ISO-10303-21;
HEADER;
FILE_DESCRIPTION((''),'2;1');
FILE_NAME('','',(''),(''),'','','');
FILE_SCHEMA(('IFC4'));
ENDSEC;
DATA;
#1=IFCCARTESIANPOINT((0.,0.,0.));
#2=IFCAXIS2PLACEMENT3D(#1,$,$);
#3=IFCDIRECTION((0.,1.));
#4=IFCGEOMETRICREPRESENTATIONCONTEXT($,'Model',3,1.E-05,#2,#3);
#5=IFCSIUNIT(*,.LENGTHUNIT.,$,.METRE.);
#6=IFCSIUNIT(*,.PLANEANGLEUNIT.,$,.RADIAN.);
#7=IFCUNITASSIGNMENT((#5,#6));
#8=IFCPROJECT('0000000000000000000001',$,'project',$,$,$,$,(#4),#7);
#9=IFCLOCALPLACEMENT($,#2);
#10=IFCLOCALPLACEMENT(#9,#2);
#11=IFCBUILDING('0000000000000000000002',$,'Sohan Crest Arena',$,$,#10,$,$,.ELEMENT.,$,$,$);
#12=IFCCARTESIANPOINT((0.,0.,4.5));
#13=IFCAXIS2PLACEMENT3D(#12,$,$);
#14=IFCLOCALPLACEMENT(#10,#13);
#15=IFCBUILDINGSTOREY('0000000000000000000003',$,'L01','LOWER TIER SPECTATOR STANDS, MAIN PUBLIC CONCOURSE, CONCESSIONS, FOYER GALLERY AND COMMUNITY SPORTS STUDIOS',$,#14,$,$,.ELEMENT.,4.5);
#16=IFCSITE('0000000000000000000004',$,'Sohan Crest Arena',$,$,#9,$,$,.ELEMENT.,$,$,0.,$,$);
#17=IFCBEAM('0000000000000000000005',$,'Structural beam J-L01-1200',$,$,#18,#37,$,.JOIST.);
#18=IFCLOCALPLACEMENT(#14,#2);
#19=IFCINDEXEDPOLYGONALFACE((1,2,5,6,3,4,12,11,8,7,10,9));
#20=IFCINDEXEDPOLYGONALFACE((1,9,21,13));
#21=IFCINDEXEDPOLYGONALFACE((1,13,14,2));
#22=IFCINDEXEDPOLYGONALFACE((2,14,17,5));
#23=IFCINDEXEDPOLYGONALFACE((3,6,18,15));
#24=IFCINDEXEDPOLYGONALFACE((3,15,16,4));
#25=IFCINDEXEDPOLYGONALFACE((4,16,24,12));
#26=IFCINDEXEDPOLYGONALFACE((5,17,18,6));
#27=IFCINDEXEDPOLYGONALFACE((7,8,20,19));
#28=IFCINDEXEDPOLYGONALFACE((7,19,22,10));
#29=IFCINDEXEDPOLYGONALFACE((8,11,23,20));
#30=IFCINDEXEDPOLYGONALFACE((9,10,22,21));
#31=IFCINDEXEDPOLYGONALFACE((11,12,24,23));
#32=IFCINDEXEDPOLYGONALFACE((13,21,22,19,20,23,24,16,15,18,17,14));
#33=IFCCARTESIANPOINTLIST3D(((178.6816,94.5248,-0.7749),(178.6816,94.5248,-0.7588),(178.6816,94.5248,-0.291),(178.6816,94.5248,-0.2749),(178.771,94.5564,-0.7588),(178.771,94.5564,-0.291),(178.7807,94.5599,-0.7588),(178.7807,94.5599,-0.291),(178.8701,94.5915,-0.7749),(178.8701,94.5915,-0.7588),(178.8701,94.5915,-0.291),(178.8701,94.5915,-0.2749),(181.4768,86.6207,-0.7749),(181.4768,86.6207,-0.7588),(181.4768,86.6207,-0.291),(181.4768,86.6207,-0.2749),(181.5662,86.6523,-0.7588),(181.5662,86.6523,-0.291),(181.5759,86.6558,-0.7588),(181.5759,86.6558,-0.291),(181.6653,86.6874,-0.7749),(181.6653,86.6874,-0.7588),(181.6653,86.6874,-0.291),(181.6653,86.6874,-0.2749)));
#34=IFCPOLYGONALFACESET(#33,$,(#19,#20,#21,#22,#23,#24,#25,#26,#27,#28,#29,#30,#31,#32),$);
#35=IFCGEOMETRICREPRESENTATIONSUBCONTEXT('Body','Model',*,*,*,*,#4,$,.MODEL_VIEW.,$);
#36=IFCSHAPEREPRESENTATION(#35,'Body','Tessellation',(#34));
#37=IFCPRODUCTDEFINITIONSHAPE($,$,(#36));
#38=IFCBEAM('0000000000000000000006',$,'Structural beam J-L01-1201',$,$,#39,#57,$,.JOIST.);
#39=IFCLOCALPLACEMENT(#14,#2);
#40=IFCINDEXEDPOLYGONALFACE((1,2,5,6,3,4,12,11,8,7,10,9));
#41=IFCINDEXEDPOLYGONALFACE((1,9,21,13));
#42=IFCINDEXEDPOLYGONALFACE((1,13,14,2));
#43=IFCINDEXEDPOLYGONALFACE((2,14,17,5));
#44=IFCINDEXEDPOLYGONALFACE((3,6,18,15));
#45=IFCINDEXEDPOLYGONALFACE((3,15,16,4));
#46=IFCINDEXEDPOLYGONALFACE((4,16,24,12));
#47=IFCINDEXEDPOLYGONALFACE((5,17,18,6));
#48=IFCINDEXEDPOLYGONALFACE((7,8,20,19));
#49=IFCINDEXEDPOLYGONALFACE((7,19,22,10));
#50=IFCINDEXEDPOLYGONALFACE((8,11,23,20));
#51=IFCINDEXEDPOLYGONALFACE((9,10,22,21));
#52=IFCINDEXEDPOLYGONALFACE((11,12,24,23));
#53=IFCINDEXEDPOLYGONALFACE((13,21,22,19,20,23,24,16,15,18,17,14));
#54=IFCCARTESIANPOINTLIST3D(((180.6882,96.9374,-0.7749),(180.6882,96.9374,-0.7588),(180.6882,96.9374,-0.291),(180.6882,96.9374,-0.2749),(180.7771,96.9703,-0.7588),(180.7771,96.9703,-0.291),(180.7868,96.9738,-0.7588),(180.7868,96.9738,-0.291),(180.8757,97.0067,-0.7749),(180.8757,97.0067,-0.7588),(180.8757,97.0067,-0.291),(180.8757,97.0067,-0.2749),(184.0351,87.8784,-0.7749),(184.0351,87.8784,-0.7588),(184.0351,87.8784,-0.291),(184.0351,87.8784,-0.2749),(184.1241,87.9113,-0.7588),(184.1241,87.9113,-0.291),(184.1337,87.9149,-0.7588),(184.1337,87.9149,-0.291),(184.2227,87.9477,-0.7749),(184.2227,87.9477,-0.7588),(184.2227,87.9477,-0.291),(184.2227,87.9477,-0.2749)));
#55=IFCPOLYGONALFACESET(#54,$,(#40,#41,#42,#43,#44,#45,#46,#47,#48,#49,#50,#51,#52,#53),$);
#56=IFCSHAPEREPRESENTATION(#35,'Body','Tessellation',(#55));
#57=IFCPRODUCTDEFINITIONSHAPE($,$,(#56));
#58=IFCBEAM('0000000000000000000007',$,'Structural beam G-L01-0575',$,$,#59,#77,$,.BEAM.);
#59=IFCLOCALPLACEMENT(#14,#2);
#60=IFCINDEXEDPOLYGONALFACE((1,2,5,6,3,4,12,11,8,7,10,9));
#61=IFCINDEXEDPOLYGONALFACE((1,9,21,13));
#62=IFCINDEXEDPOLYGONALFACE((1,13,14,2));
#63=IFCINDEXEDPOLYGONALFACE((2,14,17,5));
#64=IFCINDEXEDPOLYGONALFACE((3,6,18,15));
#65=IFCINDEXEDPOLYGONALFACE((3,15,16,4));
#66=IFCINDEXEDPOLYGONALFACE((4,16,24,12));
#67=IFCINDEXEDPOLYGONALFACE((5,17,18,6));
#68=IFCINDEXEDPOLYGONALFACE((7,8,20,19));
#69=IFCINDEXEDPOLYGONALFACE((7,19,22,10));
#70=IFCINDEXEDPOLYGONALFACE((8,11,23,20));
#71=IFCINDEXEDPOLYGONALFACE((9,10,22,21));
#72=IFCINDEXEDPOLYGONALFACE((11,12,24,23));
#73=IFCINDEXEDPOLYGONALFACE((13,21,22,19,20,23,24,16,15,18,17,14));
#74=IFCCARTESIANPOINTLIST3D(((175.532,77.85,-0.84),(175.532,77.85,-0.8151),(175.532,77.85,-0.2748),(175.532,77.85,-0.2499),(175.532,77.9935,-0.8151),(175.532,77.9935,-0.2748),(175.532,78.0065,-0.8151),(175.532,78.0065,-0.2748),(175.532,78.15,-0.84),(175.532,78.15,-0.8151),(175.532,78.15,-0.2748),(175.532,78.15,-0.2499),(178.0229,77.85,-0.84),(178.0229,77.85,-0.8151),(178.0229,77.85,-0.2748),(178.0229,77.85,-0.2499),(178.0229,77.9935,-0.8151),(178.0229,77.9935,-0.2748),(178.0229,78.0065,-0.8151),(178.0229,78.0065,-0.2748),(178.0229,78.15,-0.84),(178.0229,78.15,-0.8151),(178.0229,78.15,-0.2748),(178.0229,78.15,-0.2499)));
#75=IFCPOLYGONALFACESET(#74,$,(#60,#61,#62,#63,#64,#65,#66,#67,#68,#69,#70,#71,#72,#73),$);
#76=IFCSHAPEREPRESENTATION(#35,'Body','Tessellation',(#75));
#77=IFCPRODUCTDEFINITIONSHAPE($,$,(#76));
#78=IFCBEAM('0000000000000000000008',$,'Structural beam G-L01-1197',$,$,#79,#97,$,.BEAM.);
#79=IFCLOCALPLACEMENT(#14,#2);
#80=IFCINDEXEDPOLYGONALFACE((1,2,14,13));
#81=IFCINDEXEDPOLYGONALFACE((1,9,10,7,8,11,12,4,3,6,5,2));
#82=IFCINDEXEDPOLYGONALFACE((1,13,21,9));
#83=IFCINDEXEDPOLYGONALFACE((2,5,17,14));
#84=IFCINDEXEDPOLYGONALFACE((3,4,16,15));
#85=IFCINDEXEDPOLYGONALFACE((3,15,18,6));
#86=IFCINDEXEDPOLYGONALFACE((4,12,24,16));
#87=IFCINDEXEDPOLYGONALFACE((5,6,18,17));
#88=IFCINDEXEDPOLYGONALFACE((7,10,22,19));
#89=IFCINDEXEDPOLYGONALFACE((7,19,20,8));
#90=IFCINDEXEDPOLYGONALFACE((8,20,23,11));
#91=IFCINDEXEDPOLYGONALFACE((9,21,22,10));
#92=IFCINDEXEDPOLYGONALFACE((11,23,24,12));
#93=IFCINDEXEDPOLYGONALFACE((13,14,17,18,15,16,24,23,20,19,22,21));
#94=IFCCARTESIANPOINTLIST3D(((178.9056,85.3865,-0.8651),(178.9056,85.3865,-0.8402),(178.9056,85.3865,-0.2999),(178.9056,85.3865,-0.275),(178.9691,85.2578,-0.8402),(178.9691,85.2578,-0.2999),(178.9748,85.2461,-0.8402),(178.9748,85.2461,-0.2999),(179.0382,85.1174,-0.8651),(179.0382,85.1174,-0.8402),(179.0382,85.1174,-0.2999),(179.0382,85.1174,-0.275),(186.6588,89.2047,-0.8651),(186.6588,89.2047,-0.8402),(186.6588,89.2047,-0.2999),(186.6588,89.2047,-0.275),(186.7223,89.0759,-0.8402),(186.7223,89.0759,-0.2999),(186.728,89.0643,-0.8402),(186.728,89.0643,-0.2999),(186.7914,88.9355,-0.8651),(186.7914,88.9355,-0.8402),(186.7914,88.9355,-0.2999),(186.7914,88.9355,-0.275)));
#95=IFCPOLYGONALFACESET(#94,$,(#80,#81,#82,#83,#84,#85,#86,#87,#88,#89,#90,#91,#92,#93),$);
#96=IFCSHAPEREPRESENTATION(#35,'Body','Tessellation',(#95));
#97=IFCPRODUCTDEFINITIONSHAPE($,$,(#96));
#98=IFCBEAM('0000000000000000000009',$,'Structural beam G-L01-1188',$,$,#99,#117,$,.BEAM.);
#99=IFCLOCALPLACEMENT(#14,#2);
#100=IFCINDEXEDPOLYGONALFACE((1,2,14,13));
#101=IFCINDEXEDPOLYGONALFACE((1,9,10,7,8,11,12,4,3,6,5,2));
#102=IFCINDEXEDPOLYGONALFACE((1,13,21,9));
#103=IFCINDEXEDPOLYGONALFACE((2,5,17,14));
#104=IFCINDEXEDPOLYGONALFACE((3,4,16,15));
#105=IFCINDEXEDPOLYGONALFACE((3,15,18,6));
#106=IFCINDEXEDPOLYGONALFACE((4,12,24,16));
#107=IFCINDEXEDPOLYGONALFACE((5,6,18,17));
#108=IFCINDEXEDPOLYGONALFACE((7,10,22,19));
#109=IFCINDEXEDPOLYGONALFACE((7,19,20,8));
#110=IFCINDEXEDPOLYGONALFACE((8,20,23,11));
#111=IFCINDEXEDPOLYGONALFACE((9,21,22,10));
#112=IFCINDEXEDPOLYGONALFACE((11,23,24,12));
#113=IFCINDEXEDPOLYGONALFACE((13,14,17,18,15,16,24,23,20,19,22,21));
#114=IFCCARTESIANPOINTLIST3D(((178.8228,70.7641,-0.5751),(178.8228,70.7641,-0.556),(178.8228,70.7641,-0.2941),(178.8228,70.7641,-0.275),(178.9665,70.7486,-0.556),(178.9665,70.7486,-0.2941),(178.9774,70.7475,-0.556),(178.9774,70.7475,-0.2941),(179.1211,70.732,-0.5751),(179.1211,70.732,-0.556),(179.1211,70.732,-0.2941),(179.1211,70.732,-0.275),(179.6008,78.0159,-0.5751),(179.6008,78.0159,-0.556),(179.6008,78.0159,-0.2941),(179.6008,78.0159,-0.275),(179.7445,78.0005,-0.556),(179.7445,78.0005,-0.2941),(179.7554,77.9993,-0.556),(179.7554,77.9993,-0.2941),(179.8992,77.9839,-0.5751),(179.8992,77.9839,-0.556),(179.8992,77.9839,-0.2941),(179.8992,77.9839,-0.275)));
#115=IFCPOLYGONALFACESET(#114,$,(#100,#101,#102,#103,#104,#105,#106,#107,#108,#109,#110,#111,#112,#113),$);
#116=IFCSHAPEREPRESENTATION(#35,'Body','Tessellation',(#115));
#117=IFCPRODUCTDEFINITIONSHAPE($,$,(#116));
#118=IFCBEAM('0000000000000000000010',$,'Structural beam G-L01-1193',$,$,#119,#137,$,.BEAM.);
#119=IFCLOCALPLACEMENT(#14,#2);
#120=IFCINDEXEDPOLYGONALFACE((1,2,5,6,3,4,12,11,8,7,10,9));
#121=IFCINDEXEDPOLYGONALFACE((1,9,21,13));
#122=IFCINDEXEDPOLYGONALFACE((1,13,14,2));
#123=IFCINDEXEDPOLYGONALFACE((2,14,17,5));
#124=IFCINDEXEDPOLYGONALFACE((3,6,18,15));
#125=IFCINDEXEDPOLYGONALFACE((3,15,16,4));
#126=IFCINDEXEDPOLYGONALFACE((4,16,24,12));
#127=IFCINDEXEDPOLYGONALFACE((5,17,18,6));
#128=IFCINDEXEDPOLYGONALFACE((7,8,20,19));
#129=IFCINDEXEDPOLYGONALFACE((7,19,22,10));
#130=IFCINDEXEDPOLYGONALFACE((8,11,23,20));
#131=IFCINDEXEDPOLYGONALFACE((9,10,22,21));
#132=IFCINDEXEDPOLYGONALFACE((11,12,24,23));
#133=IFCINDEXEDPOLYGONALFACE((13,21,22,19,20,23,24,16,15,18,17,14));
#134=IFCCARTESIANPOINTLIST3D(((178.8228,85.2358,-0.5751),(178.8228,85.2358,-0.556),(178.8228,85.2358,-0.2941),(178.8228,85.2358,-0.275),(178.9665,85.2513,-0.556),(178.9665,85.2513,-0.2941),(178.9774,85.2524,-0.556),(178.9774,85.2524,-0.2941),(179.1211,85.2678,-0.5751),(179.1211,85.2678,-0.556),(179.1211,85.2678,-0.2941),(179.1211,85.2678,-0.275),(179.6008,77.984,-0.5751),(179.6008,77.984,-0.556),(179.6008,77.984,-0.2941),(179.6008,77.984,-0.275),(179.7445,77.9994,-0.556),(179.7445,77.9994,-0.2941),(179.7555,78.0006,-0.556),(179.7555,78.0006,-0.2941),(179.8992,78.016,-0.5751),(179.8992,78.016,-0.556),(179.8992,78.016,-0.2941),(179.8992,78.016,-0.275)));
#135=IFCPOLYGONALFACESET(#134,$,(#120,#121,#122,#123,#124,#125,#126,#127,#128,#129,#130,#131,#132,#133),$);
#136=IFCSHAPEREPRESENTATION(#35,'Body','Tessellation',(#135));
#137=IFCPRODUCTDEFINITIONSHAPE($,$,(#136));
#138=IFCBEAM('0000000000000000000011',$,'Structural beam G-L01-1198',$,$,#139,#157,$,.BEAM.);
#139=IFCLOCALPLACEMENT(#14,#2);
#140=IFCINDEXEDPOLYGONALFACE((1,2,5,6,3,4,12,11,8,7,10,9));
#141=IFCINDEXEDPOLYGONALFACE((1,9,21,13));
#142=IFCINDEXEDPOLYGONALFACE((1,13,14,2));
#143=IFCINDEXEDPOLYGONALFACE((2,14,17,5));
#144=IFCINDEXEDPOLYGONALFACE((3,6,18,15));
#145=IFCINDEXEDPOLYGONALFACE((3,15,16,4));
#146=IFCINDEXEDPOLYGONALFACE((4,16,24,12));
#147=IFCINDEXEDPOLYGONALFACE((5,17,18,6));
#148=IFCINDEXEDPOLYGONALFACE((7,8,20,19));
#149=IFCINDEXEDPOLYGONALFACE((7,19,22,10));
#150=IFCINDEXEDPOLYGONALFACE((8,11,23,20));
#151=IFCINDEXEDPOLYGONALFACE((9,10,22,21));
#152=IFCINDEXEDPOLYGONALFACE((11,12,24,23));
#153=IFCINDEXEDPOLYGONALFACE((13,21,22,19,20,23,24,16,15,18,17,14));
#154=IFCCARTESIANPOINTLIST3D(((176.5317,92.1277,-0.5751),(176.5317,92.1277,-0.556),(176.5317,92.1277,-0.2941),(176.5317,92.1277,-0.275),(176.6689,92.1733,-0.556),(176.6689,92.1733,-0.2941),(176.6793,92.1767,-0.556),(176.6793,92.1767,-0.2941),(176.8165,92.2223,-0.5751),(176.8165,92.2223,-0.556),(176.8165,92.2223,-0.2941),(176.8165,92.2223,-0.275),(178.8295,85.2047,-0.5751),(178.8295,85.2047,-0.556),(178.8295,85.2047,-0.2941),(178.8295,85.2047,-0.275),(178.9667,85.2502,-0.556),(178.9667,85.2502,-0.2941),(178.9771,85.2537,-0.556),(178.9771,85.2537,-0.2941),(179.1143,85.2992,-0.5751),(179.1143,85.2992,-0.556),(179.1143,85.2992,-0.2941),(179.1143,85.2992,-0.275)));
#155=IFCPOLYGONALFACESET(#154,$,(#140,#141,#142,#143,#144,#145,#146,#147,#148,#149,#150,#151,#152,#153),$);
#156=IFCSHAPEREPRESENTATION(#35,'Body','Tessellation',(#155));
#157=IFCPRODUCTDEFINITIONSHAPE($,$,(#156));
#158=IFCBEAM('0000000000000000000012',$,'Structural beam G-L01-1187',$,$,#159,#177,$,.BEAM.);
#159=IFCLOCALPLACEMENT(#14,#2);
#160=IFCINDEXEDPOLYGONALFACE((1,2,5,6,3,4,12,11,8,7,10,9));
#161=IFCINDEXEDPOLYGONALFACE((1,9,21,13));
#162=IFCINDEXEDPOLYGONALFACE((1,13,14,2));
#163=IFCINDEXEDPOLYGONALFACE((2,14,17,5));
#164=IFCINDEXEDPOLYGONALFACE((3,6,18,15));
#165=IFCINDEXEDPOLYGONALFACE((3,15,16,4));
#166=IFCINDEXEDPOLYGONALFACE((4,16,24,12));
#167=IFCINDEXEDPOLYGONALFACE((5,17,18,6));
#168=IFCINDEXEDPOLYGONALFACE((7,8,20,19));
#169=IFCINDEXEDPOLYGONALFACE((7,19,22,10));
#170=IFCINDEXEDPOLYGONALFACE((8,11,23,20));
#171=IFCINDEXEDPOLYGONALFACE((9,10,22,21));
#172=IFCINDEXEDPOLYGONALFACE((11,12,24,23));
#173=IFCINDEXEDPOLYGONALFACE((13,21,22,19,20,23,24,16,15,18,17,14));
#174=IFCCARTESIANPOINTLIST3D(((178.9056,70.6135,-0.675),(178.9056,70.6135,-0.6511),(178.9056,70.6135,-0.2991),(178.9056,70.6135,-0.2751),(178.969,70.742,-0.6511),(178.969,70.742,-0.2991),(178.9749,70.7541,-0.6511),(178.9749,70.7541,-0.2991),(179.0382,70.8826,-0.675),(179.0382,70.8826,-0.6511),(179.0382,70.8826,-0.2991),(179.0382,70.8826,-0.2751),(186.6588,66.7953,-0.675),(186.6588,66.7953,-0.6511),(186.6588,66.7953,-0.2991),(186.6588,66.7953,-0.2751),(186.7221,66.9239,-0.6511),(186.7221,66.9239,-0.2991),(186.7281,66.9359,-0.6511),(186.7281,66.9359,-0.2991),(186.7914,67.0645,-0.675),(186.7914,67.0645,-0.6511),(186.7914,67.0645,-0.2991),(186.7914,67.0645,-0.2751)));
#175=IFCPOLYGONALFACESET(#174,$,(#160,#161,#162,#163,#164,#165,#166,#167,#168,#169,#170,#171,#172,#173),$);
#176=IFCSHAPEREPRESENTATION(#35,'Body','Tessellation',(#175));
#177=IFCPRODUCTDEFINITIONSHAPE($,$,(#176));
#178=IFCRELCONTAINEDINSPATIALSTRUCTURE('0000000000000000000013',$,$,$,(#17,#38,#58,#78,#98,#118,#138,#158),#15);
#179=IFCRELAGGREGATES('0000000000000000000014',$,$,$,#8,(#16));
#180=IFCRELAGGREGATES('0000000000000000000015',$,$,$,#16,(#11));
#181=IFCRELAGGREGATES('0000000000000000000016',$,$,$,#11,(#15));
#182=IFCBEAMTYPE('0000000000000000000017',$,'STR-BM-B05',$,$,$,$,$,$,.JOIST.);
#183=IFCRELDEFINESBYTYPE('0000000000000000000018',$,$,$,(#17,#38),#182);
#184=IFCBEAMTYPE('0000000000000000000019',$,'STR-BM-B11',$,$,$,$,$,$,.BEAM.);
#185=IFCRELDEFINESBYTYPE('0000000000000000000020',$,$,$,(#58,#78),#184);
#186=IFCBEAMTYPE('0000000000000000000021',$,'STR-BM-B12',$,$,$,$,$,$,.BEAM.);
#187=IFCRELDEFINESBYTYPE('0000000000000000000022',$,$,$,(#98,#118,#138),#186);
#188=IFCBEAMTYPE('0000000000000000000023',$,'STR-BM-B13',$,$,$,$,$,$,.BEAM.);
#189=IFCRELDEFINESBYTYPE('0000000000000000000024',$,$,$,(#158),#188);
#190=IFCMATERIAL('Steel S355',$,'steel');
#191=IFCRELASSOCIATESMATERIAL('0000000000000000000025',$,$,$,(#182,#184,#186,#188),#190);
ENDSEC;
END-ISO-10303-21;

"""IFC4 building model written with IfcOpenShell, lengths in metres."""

from ifc_helpers import new_model, si_unit, direction, frame, origin, origin_2d, place, context, subcontext, project, spatial, i_section, extrude, material, material_profile, profile_set, type_object, element, save


model = new_model("IFC4")

# Units and contexts
model_context = context("Model", 3, precision=1e-05, world=origin(), true_north=direction((0.0, 1.0)))
body_context = subcontext(model_context, "Body", "Model", "MODEL_VIEW")
ifc_project = project(units=[si_unit("LENGTHUNIT", "METRE"), si_unit("PLANEANGLEUNIT", "RADIAN")], contexts=[model_context])

# Site, building, storey
site_placement = place(None, origin())
site = spatial("IfcSite", under=ifc_project, at=site_placement, Name="Sohan Crest Arena", CompositionType="ELEMENT", RefElevation=0.0)
building_placement = place(site_placement, origin())
building = spatial("IfcBuilding", under=site, at=building_placement, Name="Sohan Crest Arena", CompositionType="ELEMENT")
storey_placement = place(building_placement, frame((0.0, 0.0, 4.5)))
storey = spatial("IfcBuildingStorey", under=building, at=storey_placement, Name="L01", Description="LOWER TIER SPECTATOR STANDS, MAIN PUBLIC CONCOURSE, CONCESSIONS, FOYER GALLERY AND COMMUNITY SPORTS STUDIOS", CompositionType="ELEMENT", Elevation=4.5)

# Shared definitions
ifc_material_1 = material(Name="Steel S355", Category="steel")

# Beams
ifc_material_profile_1 = material_profile(ifc_material_1, i_section(OverallWidth=0.2, OverallDepth=0.5, WebThickness=0.0103, FlangeThickness=0.0161, at=origin_2d()), Name="IPE 500")
ifc_profile_set_1 = profile_set([ifc_material_profile_1], Name="Steel S355")
beam_type_1 = type_object("IfcBeamType", Name="STR-BM-B05", PredefinedType="JOIST", material=ifc_profile_set_1)
beam_1_placement = place(storey_placement, frame((181.571, 86.6541, -0.5249), z_axis=(-0.333403, 0.942784, 0.0), x_axis=(-0.942784, -0.333403, 0.0)))
element("IfcBeam", 1, at=beam_1_placement, inside=storey, type_object=beam_type_1, Name="Structural beam J-L01-1200", PredefinedType="JOIST", context=body_context, shape_type="SweptSolid", body=[
    extrude(i_section(OverallWidth=0.2, OverallDepth=0.5, WebThickness=0.0103, FlangeThickness=0.0161, at=origin_2d()), origin(), (0.0, 0.0, 1.0), 8.3838),
])
beam_2_placement = place(storey_placement, frame((184.1289, 87.9131, -0.5249), z_axis=(-0.346567, 0.938025, 0.0), x_axis=(-0.938025, -0.346567, 0.0)))
element("IfcBeam", 2, at=beam_2_placement, inside=storey, type_object=beam_type_1, Name="Structural beam J-L01-1201", PredefinedType="JOIST", context=body_context, shape_type="SweptSolid", body=[
    extrude(i_section(OverallWidth=0.2, OverallDepth=0.5, WebThickness=0.0103, FlangeThickness=0.0161, at=origin_2d()), origin(), (0.0, 0.0, 1.0), 9.6575),
])
ifc_material_profile_2 = material_profile(ifc_material_1, i_section(OverallWidth=0.3, OverallDepth=0.5901, WebThickness=0.0129, FlangeThickness=0.0249, at=origin_2d()), Name="HEA 600")
ifc_profile_set_2 = profile_set([ifc_material_profile_2], Name="Steel S355")
beam_type_2 = type_object("IfcBeamType", Name="STR-BM-B11", PredefinedType="BEAM", material=ifc_profile_set_2)
beam_3_placement = place(storey_placement, frame((175.532, 78.0, -0.5449), z_axis=(1.0, 0.0, 0.0), x_axis=(0.0, 1.0, 0.0)))
element("IfcBeam", 3, at=beam_3_placement, inside=storey, type_object=beam_type_2, Name="Structural beam G-L01-0575", PredefinedType="BEAM", context=body_context, shape_type="SweptSolid", body=[
    extrude(i_section(OverallWidth=0.3, OverallDepth=0.5901, WebThickness=0.0129, FlangeThickness=0.0249, at=origin_2d()), origin(), (0.0, 0.0, 1.0), 2.491),
])
beam_4_placement = place(storey_placement, frame((178.9719, 85.252, -0.5701), z_axis=(0.897117, 0.441793, 0.0), x_axis=(-0.441793, 0.897117, 0.0)))
element("IfcBeam", 4, at=beam_4_placement, inside=storey, type_object=beam_type_2, Name="Structural beam G-L01-1197", PredefinedType="BEAM", context=body_context, shape_type="SweptSolid", body=[
    extrude(i_section(OverallWidth=0.3, OverallDepth=0.5901, WebThickness=0.0129, FlangeThickness=0.0249, at=origin_2d()), origin(), (0.0, 0.0, 1.0), 8.6423),
])
ifc_material_profile_3 = material_profile(ifc_material_1, i_section(OverallWidth=0.3, OverallDepth=0.3, WebThickness=0.011, FlangeThickness=0.019, at=origin_2d()), Name="HEB 300")
ifc_profile_set_3 = profile_set([ifc_material_profile_3], Name="Steel S355")
beam_type_3 = type_object("IfcBeamType", Name="STR-BM-B12", PredefinedType="BEAM", material=ifc_profile_set_3)
for number, where, z_axis, x_axis, name in (
    (5, (178.9719, 70.748, -0.425), (0.10668, 0.994293, 0.0), (-0.994293, 0.10668, 0.0), "Structural beam G-L01-1188"),
    (6, (179.75, 78.0, -0.425), (-0.10668, 0.994293, 0.0), (-0.994293, -0.10668, 0.0), "Structural beam G-L01-1193"),
):
    element("IfcBeam", number, at=place(storey_placement, frame(where, z_axis=z_axis, x_axis=x_axis)), inside=storey, type_object=beam_type_3, Name=name, PredefinedType="BEAM", context=body_context, shape_type="SweptSolid", body=[
        extrude(i_section(OverallWidth=0.3, OverallDepth=0.3, WebThickness=0.011, FlangeThickness=0.019, at=origin_2d()), origin(), (0.0, 0.0, 1.0), 7.2935),
    ])
beam_5_placement = place(storey_placement, frame((178.9719, 85.252, -0.425), z_axis=(-0.315013, 0.949087, 0.0), x_axis=(-0.949087, -0.315013, 0.0)))
element("IfcBeam", 7, at=beam_5_placement, inside=storey, type_object=beam_type_3, Name="Structural beam G-L01-1198", PredefinedType="BEAM", context=body_context, shape_type="SweptSolid", body=[
    extrude(i_section(OverallWidth=0.3, OverallDepth=0.3, WebThickness=0.011, FlangeThickness=0.019, at=origin_2d()), origin(), (0.0, 0.0, 1.0), 7.2944),
])
ifc_material_profile_4 = material_profile(ifc_material_1, i_section(OverallWidth=0.3, OverallDepth=0.3999, WebThickness=0.0134, FlangeThickness=0.0239, at=origin_2d()), Name="HEB 400")
ifc_profile_set_4 = profile_set([ifc_material_profile_4], Name="Steel S355")
beam_type_4 = type_object("IfcBeamType", Name="STR-BM-B13", PredefinedType="BEAM", material=ifc_profile_set_4)
beam_6_placement = place(storey_placement, frame((178.9719, 70.748, -0.4751), z_axis=(0.897117, -0.441793, 0.0), x_axis=(0.441793, 0.897117, 0.0)))
element("IfcBeam", 8, at=beam_6_placement, inside=storey, type_object=beam_type_4, Name="Structural beam G-L01-1187", PredefinedType="BEAM", context=body_context, shape_type="SweptSolid", body=[
    extrude(i_section(OverallWidth=0.3, OverallDepth=0.3999, WebThickness=0.0134, FlangeThickness=0.0239, at=origin_2d()), origin(), (0.0, 0.0, 1.0), 8.6423),
])

save(model, "model.ifc")
